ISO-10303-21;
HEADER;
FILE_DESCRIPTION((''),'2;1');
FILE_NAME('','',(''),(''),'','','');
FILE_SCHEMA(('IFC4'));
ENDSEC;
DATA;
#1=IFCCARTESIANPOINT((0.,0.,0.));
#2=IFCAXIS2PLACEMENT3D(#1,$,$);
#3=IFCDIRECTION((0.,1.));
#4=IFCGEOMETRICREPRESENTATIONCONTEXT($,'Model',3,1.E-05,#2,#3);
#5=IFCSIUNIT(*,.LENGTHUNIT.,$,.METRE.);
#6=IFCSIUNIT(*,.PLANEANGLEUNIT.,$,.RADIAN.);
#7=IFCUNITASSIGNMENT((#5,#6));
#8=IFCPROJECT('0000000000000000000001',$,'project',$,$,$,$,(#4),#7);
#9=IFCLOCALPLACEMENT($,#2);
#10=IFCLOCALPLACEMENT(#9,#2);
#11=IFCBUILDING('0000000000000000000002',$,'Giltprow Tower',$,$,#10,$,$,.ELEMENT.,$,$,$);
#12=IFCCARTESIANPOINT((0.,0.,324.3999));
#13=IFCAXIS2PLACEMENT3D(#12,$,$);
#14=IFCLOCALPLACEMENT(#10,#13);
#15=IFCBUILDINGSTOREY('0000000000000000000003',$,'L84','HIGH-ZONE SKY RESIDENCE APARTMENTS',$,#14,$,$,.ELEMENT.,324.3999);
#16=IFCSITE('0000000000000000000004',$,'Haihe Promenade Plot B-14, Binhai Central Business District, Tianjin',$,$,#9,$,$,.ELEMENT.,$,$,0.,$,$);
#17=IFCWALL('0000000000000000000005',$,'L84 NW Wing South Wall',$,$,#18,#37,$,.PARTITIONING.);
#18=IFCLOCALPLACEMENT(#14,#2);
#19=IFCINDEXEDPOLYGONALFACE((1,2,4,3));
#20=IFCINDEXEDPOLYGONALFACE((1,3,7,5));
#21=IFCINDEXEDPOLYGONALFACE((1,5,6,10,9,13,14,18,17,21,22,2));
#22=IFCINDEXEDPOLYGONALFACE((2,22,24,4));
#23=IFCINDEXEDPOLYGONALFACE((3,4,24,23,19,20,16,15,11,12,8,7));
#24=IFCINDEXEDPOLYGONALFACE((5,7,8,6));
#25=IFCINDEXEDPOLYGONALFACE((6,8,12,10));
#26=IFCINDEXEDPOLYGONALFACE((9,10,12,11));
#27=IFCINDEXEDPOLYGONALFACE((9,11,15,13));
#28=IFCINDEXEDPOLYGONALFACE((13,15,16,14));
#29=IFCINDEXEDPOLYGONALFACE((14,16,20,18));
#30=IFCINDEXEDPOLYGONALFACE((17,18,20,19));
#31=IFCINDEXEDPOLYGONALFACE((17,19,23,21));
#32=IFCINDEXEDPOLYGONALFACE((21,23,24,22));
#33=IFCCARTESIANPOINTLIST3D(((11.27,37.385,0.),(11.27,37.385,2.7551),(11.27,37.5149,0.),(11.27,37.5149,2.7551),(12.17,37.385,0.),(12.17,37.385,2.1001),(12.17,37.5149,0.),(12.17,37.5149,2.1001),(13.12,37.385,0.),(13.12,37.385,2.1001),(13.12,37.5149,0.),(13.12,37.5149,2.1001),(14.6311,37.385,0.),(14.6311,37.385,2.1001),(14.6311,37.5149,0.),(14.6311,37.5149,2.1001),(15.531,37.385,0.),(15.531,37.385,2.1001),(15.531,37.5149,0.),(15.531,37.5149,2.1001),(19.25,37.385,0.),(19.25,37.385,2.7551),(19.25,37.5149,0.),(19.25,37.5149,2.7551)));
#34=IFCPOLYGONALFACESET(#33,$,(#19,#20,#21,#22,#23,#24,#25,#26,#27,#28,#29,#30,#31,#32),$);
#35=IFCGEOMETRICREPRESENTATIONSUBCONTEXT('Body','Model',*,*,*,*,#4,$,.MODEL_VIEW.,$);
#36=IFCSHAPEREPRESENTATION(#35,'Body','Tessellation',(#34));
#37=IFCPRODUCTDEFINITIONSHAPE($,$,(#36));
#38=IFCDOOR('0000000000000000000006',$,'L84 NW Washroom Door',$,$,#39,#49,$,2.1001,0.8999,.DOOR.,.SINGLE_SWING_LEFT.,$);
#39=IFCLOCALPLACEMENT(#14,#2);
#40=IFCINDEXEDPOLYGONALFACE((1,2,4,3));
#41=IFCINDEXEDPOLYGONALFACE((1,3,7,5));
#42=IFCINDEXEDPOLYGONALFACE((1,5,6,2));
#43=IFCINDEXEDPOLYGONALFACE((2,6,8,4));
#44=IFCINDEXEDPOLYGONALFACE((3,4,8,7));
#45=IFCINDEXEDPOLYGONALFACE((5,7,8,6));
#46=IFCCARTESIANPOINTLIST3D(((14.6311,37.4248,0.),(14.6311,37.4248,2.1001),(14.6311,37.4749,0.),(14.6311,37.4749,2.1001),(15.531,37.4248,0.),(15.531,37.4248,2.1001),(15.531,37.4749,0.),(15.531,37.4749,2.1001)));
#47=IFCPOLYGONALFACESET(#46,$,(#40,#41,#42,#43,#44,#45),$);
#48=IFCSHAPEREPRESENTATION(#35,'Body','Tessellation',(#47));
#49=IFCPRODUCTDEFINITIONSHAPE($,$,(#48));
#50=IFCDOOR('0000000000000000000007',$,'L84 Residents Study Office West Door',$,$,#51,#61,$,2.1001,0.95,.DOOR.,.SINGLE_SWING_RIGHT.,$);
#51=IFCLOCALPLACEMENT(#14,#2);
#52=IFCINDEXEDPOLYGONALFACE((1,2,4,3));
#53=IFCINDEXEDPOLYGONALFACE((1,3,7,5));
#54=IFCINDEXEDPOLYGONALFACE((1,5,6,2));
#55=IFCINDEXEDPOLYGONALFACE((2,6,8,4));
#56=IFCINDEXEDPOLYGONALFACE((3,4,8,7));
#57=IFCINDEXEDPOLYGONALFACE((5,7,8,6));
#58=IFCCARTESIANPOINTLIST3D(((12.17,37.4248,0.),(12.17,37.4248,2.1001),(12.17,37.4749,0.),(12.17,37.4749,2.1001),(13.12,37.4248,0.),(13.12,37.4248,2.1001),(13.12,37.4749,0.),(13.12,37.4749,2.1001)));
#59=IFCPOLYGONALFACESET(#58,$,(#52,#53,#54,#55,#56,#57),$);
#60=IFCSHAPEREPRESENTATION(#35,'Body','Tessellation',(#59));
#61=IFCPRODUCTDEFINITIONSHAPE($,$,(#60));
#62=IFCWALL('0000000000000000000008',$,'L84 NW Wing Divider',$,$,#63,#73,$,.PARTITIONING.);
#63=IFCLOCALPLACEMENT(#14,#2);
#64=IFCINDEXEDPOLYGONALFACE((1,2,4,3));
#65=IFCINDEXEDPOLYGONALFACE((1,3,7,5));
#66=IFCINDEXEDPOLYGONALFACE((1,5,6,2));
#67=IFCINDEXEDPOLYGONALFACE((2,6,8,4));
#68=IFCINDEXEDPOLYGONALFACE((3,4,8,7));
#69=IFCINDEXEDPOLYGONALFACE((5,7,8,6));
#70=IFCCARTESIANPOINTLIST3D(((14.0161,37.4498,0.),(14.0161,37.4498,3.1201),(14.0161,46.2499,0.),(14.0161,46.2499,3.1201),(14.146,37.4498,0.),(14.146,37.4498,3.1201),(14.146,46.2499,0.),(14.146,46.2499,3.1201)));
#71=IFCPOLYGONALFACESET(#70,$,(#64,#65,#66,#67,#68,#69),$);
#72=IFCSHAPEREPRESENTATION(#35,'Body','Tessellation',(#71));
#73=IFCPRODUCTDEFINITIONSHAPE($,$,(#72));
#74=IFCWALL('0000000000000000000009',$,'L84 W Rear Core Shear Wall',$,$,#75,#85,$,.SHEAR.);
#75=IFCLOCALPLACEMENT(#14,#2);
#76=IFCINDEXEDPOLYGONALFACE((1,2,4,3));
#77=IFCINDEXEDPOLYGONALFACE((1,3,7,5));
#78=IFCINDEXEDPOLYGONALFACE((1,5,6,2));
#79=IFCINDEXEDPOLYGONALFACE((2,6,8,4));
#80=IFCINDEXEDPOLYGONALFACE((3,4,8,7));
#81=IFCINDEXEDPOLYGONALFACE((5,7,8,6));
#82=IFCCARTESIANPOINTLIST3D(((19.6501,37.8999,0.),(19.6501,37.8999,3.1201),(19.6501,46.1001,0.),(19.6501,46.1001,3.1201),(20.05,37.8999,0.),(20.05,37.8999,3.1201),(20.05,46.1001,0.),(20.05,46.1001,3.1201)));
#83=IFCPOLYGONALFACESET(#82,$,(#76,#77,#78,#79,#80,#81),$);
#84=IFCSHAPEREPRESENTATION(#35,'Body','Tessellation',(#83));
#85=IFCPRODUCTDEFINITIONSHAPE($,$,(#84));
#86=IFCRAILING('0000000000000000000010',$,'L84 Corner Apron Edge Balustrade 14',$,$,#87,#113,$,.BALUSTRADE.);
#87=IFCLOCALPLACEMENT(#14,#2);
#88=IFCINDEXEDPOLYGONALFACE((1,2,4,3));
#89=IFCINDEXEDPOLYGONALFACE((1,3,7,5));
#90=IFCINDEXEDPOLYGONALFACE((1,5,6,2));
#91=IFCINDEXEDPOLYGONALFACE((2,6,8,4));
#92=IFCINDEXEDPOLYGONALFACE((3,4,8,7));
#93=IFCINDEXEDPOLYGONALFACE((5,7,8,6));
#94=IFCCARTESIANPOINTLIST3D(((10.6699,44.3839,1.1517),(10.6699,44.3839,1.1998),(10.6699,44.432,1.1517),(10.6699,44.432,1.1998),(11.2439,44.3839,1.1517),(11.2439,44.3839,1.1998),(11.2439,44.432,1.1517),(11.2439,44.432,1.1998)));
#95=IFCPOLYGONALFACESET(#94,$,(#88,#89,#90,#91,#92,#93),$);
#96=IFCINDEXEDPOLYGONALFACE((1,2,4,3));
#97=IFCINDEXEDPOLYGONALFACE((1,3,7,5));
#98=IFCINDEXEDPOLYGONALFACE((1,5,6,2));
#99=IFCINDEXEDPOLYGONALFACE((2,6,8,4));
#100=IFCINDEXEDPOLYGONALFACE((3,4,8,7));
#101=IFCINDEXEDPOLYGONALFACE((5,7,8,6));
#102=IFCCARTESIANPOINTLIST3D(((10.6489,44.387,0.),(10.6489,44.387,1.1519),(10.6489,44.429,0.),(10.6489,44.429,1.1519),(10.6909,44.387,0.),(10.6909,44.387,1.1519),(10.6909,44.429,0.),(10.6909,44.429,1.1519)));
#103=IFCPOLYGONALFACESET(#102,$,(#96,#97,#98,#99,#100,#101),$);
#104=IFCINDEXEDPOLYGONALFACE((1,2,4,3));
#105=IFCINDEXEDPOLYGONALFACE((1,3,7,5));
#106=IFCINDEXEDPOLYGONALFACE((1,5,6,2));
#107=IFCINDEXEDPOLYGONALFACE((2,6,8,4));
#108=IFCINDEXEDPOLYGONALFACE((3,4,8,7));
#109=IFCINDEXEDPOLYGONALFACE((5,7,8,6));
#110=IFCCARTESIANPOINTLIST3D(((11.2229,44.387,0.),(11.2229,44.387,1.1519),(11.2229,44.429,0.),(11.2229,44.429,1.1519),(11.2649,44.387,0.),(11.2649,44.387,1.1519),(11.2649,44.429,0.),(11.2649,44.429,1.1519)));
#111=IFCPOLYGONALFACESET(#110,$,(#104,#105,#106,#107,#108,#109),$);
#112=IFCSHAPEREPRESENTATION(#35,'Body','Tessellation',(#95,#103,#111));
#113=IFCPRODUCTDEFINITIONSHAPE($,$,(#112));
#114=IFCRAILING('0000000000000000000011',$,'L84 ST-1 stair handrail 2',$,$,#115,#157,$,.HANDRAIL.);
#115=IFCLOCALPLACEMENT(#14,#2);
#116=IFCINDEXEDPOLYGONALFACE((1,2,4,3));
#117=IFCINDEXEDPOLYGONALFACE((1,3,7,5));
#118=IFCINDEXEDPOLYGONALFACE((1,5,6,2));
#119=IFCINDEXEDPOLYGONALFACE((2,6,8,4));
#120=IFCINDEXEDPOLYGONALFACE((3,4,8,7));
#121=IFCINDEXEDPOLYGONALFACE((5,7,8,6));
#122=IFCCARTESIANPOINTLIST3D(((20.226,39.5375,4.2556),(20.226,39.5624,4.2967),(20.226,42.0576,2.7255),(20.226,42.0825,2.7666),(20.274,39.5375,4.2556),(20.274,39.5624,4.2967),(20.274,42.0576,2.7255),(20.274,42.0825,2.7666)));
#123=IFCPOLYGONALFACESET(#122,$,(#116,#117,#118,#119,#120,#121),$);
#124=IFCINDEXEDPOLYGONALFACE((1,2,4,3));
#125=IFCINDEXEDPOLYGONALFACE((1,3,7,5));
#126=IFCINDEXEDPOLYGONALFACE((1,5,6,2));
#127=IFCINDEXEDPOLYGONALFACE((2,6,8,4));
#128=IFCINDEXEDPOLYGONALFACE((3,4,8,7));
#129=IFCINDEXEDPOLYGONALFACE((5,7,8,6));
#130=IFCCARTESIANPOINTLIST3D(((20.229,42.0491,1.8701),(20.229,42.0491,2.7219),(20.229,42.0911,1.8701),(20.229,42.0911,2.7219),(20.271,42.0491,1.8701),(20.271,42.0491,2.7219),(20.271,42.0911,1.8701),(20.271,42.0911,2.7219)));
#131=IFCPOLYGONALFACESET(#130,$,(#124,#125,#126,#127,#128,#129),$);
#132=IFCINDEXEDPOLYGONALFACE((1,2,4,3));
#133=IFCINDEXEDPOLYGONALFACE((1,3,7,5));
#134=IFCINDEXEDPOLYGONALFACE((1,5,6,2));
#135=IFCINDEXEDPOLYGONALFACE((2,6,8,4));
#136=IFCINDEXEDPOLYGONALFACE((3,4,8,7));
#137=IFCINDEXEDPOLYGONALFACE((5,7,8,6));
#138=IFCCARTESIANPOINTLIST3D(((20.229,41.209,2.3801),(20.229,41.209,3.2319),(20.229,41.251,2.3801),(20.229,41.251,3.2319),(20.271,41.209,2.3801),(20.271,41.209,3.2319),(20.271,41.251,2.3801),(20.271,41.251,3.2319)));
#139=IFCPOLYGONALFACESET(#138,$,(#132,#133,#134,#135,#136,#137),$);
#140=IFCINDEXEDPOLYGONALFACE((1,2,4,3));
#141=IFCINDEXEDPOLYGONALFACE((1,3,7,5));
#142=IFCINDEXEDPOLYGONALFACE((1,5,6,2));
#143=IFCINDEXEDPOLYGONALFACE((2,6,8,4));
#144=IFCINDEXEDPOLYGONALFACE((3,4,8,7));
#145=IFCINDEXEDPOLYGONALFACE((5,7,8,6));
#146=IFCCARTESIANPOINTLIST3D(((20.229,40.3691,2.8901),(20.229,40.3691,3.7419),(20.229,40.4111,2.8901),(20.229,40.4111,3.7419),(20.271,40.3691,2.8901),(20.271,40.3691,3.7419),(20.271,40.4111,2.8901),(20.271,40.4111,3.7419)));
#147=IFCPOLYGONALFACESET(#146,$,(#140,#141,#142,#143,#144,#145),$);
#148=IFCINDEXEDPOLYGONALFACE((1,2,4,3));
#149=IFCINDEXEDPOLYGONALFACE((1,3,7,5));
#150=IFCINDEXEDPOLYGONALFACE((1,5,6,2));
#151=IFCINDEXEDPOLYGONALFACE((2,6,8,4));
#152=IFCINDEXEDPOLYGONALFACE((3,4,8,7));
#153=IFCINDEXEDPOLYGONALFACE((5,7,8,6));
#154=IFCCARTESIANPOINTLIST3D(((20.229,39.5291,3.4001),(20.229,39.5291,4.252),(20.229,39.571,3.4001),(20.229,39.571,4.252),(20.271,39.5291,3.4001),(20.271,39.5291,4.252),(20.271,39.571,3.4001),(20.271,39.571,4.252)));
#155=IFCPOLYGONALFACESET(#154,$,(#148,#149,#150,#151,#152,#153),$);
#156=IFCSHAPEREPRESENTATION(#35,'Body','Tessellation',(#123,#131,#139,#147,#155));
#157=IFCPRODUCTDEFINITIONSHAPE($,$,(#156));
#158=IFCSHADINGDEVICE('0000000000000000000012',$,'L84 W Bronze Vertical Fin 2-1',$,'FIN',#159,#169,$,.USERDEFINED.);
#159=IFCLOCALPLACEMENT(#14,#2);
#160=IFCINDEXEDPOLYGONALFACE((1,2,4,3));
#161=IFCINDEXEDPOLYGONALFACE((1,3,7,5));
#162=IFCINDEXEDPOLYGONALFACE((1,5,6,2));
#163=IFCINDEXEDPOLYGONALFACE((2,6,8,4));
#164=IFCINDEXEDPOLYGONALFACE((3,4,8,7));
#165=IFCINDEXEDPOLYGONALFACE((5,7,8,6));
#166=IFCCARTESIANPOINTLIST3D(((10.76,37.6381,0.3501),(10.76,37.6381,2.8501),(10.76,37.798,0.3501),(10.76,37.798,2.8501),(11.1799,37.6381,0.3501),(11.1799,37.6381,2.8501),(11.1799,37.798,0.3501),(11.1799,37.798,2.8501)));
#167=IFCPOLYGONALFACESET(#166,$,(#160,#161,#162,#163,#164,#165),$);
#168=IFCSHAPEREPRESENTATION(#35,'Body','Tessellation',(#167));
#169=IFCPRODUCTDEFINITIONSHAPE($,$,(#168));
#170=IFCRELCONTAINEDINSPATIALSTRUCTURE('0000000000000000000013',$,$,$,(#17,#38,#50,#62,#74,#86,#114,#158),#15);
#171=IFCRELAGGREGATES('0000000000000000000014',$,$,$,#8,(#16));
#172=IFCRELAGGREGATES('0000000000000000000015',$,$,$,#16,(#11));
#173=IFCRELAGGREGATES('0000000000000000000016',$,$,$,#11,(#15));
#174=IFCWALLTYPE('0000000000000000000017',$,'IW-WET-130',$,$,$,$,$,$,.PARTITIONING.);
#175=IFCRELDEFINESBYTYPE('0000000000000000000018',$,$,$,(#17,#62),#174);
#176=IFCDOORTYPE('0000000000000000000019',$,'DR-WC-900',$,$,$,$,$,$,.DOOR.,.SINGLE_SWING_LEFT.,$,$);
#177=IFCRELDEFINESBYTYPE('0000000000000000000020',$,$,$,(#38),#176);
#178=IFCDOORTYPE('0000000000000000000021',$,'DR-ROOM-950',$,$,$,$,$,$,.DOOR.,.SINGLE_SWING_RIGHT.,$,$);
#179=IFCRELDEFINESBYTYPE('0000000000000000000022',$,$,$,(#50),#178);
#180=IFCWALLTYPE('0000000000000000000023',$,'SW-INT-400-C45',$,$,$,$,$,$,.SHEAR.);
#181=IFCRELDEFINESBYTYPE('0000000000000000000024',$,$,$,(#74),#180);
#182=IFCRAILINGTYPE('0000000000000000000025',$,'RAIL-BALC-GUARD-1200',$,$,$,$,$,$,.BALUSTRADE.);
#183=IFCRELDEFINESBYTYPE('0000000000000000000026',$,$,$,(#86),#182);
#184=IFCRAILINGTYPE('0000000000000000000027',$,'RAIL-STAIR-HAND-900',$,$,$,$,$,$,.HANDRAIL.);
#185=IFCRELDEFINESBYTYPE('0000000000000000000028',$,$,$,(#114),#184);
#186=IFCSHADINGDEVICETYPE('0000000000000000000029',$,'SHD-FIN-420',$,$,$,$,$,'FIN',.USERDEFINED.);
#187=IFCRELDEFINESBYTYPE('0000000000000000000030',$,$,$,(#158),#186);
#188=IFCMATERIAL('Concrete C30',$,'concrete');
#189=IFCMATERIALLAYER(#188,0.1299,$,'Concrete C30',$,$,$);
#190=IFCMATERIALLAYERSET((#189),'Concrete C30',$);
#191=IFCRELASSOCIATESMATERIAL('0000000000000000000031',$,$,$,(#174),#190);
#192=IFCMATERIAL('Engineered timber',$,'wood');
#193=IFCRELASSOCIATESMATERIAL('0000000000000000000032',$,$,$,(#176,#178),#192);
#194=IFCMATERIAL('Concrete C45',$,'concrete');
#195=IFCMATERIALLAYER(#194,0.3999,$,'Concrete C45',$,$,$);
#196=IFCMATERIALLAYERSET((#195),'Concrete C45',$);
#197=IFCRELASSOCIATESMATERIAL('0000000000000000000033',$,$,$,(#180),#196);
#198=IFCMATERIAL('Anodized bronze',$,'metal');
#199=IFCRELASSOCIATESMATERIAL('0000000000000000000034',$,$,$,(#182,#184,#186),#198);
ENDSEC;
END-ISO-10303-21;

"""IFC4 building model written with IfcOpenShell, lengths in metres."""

from ifc_helpers import new_model, si_unit, direction, frame, frame_2d, origin, origin_2d, place, context, subcontext, project, spatial, rectangle, extrude, source, transform, mapped, material, layer, layer_set, type_object, element, fill, save


model = new_model("IFC4")

# Units and contexts
model_context = context("Model", 3, precision=1e-05, world=origin(), true_north=direction((0.0, 1.0)))
body_context = subcontext(model_context, "Body", "Model", "MODEL_VIEW")
ifc_project = project(units=[si_unit("LENGTHUNIT", "METRE"), si_unit("PLANEANGLEUNIT", "RADIAN")], contexts=[model_context])

# Site, building, storey
site_placement = place(None, origin())
site = spatial("IfcSite", under=ifc_project, at=site_placement, Name="Haihe Promenade Plot B-14, Binhai Central Business District, Tianjin", CompositionType="ELEMENT", RefElevation=0.0)
building_placement = place(site_placement, origin())
building = spatial("IfcBuilding", under=site, at=building_placement, Name="Giltprow Tower", CompositionType="ELEMENT")
storey_placement = place(building_placement, frame((0.0, 0.0, 324.3999)))
storey = spatial("IfcBuildingStorey", under=building, at=storey_placement, Name="L84", Description="HIGH-ZONE SKY RESIDENCE APARTMENTS", CompositionType="ELEMENT", Elevation=324.3999)

# Shared definitions
ifc_material_1 = material(Name="Concrete C45", Category="concrete")

# Wall, openings, doors
ifc_material_2 = material(Name="Concrete C30", Category="concrete")
ifc_layer_1 = layer(ifc_material_2, 0.1299, Name="Concrete C30")
ifc_layer_set_1 = layer_set([ifc_layer_1], Name="Concrete C30")
wall_type_1 = type_object("IfcWallType", Name="IW-WET-130", PredefinedType="PARTITIONING", material=ifc_layer_set_1)
wall_1_placement = place(storey_placement, frame((11.27, 37.45, 0.0), z_axis=(0.0, 0.0, 1.0), x_axis=(1.0, 0.0, 0.0)))
wall_1 = element("IfcWall", 1, at=wall_1_placement, inside=storey, type_object=wall_type_1, Name="L84 NW Wing South Wall", PredefinedType="PARTITIONING", context=body_context, shape_type="SweptSolid", body=[
    extrude(rectangle(XDim=7.98, YDim=0.1299, at=frame_2d((3.99, 0.0))), origin(), (0.0, 0.0, 1.0), 2.7551),
])
opening_1_placement = place(wall_1_placement, frame((0.8999, 0.0, 0.0)))
opening_1 = element("IfcOpeningElement", 2, at=opening_1_placement, cuts=wall_1, PredefinedType="OPENING", context=body_context, shape_type="SweptSolid", body=[
    extrude(rectangle(XDim=0.95, YDim=2.1001, at=frame_2d((0.4751, 1.05))), frame((0.0, 0.075, 0.0), z_axis=(0.0, -1.0, 0.0), x_axis=(1.0, 0.0, 0.0)), (0.0, 0.0, 1.0), 0.1499),
])
opening_2_placement = place(wall_1_placement, frame((3.3611, 0.0, 0.0)))
opening_2 = element("IfcOpeningElement", 3, at=opening_2_placement, cuts=wall_1, PredefinedType="OPENING", context=body_context, shape_type="SweptSolid", body=[
    extrude(rectangle(XDim=0.8999, YDim=2.1001, at=frame_2d((0.45, 1.05))), frame((0.0, 0.075, 0.0), z_axis=(0.0, -1.0, 0.0), x_axis=(1.0, 0.0, 0.0)), (0.0, 0.0, 1.0), 0.1499),
])
ifc_material_3 = material(Name="Engineered timber", Category="wood")
door_type_1 = type_object("IfcDoorType", Name="DR-WC-900", OperationType="SINGLE_SWING_LEFT", PredefinedType="DOOR", material=ifc_material_3)
shared_shape_1 = source(origin(), body_context, "Body", "SweptSolid", [
    extrude(rectangle(XDim=0.8999, YDim=2.1001, at=frame_2d((0.45, 1.05))), frame((0.0, 0.0249, 0.0), z_axis=(0.0, -1.0, 0.0), x_axis=(1.0, 0.0, 0.0)), (0.0, 0.0, 1.0), 0.05),
])
door_1_placement = place(opening_2_placement, origin())
door_1 = element("IfcDoor", 4, at=door_1_placement, inside=storey, type_object=door_type_1, Name="L84 NW Washroom Door", OperationType="SINGLE_SWING_LEFT", OverallHeight=2.1001, OverallWidth=0.8999, PredefinedType="DOOR", context=body_context, shape_type="MappedRepresentation", body=[
    mapped(shared_shape_1, transform((0.0, 0.0, 0.0), x_axis=(1.0, 0.0, 0.0), y_axis=(0.0, 1.0, 0.0), z_axis=(0.0, 0.0, 1.0), scale=1.0)),
])
fill(opening_2, door_1)
door_type_2 = type_object("IfcDoorType", Name="DR-ROOM-950", OperationType="SINGLE_SWING_RIGHT", PredefinedType="DOOR", material=ifc_material_3)
shared_shape_2 = source(origin(), body_context, "Body", "SweptSolid", [
    extrude(rectangle(XDim=0.95, YDim=2.1001, at=frame_2d((0.4751, 1.05))), frame((0.0, 0.0249, 0.0), z_axis=(0.0, -1.0, 0.0), x_axis=(1.0, 0.0, 0.0)), (0.0, 0.0, 1.0), 0.05),
])
door_2_placement = place(opening_1_placement, origin())
door_2 = element("IfcDoor", 5, at=door_2_placement, inside=storey, type_object=door_type_2, Name="L84 Residents Study Office West Door", OperationType="SINGLE_SWING_RIGHT", OverallHeight=2.1001, OverallWidth=0.95, PredefinedType="DOOR", context=body_context, shape_type="MappedRepresentation", body=[
    mapped(shared_shape_2, transform((0.0, 0.0, 0.0), x_axis=(1.0, 0.0, 0.0), y_axis=(0.0, 1.0, 0.0), z_axis=(0.0, 0.0, 1.0), scale=1.0)),
])
fill(opening_1, door_2)

# Wall
wall_2_placement = place(storey_placement, frame((14.0811, 37.45, 0.0), z_axis=(0.0, 0.0, 1.0), x_axis=(0.0, 1.0, 0.0)))
element("IfcWall", 6, at=wall_2_placement, inside=storey, type_object=wall_type_1, Name="L84 NW Wing Divider", PredefinedType="PARTITIONING", context=body_context, shape_type="SweptSolid", body=[
    extrude(rectangle(XDim=8.8, YDim=0.1299, at=frame_2d((4.3999, 0.0))), origin(), (0.0, 0.0, 1.0), 3.1201),
])

# Shared definitions
ifc_layer_2 = layer(ifc_material_1, 0.3999, Name="Concrete C45")
ifc_layer_set_2 = layer_set([ifc_layer_2], Name="Concrete C45")
wall_type_2 = type_object("IfcWallType", Name="SW-INT-400-C45", PredefinedType="SHEAR", material=ifc_layer_set_2)

# Wall
wall_3_placement = place(storey_placement, frame((19.8501, 37.8999, 0.0), z_axis=(0.0, 0.0, 1.0), x_axis=(0.0, 1.0, 0.0)))
element("IfcWall", 7, at=wall_3_placement, inside=storey, type_object=wall_type_2, Name="L84 W Rear Core Shear Wall", PredefinedType="SHEAR", context=body_context, shape_type="SweptSolid", body=[
    extrude(rectangle(XDim=8.2002, YDim=0.3999, at=frame_2d((4.1001, 0.0))), origin(), (0.0, 0.0, 1.0), 3.1201),
])

# Railings
ifc_material_4 = material(Name="Anodized bronze", Category="metal")
railing_type_1 = type_object("IfcRailingType", Name="RAIL-BALC-GUARD-1200", PredefinedType="BALUSTRADE", material=ifc_material_4)
railing_1_placement = place(storey_placement, frame((10.6699, 44.408, 0.0)))
element("IfcRailing", 8, at=railing_1_placement, inside=storey, type_object=railing_type_1, Name="L84 Corner Apron Edge Balustrade 14", PredefinedType="BALUSTRADE", context=body_context, shape_type="SweptSolid", body=[
    extrude(rectangle(XDim=0.0481, YDim=0.0481, at=origin_2d()), frame((0.0, 0.0, 1.1758), z_axis=(1.0, 0.0, 0.0), x_axis=(0.0, 1.0, 0.0)), (0.0, 0.0, 1.0), 0.574),
    extrude(rectangle(XDim=0.042, YDim=0.042, at=origin_2d()), origin(), (0.0, 0.0, 1.0), 1.1519),
    extrude(rectangle(XDim=0.042, YDim=0.042, at=origin_2d()), frame((0.574, 0.0, 0.0)), (0.0, 0.0, 1.0), 1.1519),
])
railing_type_2 = type_object("IfcRailingType", Name="RAIL-STAIR-HAND-900", PredefinedType="HANDRAIL", material=ifc_material_4)
railing_2_placement = place(storey_placement, frame((20.25, 42.0701, 1.8701)))
element("IfcRailing", 9, at=railing_2_placement, inside=storey, type_object=railing_type_2, Name="L84 ST-1 stair handrail 2", PredefinedType="HANDRAIL", context=body_context, shape_type="SweptSolid", body=[
    extrude(rectangle(XDim=0.0481, YDim=0.0481, at=origin_2d()), frame((0.0, 0.0, 0.876), z_axis=(0.0, -0.854785, 0.518982), x_axis=(1.0, 0.0, 0.0)), (0.0, 0.0, 1.0), 2.9482),
    extrude(rectangle(XDim=0.042, YDim=0.042, at=origin_2d()), origin(), (0.0, 0.0, 1.0), 0.8518),
    extrude(rectangle(XDim=0.042, YDim=0.042, at=origin_2d()), frame((0.0, -0.8401, 0.51)), (0.0, 0.0, 1.0), 0.8518),
    extrude(rectangle(XDim=0.042, YDim=0.042, at=origin_2d()), frame((0.0, -1.6799, 1.02)), (0.0, 0.0, 1.0), 0.8518),
    extrude(rectangle(XDim=0.042, YDim=0.042, at=origin_2d()), frame((0.0, -2.52, 1.53)), (0.0, 0.0, 1.0), 0.8518),
])

# Shading device
shading_device_type = type_object("IfcShadingDeviceType", Name="SHD-FIN-420", ElementType="FIN", PredefinedType="USERDEFINED", material=ifc_material_4)
shared_shape_3 = source(origin(), body_context, "Body", "SweptSolid", [
    extrude(rectangle(XDim=0.4199, YDim=0.1599, at=origin_2d()), origin(), (0.0, 0.0, 1.0), 2.5),
])
shading_device_placement = place(storey_placement, frame((10.97, 37.718, 0.3501), z_axis=(0.0, 0.0, 1.0), x_axis=(1.0, 0.0, 0.0)))
element("IfcShadingDevice", 10, at=shading_device_placement, inside=storey, type_object=shading_device_type, Name="L84 W Bronze Vertical Fin 2-1", ObjectType="FIN", PredefinedType="USERDEFINED", context=body_context, shape_type="MappedRepresentation", body=[
    mapped(shared_shape_3, transform((0.0, 0.0, 0.0), x_axis=(1.0, 0.0, 0.0), y_axis=(0.0, 1.0, 0.0), z_axis=(0.0, 0.0, 1.0), scale=1.0)),
])

save(model, "model.ifc")
